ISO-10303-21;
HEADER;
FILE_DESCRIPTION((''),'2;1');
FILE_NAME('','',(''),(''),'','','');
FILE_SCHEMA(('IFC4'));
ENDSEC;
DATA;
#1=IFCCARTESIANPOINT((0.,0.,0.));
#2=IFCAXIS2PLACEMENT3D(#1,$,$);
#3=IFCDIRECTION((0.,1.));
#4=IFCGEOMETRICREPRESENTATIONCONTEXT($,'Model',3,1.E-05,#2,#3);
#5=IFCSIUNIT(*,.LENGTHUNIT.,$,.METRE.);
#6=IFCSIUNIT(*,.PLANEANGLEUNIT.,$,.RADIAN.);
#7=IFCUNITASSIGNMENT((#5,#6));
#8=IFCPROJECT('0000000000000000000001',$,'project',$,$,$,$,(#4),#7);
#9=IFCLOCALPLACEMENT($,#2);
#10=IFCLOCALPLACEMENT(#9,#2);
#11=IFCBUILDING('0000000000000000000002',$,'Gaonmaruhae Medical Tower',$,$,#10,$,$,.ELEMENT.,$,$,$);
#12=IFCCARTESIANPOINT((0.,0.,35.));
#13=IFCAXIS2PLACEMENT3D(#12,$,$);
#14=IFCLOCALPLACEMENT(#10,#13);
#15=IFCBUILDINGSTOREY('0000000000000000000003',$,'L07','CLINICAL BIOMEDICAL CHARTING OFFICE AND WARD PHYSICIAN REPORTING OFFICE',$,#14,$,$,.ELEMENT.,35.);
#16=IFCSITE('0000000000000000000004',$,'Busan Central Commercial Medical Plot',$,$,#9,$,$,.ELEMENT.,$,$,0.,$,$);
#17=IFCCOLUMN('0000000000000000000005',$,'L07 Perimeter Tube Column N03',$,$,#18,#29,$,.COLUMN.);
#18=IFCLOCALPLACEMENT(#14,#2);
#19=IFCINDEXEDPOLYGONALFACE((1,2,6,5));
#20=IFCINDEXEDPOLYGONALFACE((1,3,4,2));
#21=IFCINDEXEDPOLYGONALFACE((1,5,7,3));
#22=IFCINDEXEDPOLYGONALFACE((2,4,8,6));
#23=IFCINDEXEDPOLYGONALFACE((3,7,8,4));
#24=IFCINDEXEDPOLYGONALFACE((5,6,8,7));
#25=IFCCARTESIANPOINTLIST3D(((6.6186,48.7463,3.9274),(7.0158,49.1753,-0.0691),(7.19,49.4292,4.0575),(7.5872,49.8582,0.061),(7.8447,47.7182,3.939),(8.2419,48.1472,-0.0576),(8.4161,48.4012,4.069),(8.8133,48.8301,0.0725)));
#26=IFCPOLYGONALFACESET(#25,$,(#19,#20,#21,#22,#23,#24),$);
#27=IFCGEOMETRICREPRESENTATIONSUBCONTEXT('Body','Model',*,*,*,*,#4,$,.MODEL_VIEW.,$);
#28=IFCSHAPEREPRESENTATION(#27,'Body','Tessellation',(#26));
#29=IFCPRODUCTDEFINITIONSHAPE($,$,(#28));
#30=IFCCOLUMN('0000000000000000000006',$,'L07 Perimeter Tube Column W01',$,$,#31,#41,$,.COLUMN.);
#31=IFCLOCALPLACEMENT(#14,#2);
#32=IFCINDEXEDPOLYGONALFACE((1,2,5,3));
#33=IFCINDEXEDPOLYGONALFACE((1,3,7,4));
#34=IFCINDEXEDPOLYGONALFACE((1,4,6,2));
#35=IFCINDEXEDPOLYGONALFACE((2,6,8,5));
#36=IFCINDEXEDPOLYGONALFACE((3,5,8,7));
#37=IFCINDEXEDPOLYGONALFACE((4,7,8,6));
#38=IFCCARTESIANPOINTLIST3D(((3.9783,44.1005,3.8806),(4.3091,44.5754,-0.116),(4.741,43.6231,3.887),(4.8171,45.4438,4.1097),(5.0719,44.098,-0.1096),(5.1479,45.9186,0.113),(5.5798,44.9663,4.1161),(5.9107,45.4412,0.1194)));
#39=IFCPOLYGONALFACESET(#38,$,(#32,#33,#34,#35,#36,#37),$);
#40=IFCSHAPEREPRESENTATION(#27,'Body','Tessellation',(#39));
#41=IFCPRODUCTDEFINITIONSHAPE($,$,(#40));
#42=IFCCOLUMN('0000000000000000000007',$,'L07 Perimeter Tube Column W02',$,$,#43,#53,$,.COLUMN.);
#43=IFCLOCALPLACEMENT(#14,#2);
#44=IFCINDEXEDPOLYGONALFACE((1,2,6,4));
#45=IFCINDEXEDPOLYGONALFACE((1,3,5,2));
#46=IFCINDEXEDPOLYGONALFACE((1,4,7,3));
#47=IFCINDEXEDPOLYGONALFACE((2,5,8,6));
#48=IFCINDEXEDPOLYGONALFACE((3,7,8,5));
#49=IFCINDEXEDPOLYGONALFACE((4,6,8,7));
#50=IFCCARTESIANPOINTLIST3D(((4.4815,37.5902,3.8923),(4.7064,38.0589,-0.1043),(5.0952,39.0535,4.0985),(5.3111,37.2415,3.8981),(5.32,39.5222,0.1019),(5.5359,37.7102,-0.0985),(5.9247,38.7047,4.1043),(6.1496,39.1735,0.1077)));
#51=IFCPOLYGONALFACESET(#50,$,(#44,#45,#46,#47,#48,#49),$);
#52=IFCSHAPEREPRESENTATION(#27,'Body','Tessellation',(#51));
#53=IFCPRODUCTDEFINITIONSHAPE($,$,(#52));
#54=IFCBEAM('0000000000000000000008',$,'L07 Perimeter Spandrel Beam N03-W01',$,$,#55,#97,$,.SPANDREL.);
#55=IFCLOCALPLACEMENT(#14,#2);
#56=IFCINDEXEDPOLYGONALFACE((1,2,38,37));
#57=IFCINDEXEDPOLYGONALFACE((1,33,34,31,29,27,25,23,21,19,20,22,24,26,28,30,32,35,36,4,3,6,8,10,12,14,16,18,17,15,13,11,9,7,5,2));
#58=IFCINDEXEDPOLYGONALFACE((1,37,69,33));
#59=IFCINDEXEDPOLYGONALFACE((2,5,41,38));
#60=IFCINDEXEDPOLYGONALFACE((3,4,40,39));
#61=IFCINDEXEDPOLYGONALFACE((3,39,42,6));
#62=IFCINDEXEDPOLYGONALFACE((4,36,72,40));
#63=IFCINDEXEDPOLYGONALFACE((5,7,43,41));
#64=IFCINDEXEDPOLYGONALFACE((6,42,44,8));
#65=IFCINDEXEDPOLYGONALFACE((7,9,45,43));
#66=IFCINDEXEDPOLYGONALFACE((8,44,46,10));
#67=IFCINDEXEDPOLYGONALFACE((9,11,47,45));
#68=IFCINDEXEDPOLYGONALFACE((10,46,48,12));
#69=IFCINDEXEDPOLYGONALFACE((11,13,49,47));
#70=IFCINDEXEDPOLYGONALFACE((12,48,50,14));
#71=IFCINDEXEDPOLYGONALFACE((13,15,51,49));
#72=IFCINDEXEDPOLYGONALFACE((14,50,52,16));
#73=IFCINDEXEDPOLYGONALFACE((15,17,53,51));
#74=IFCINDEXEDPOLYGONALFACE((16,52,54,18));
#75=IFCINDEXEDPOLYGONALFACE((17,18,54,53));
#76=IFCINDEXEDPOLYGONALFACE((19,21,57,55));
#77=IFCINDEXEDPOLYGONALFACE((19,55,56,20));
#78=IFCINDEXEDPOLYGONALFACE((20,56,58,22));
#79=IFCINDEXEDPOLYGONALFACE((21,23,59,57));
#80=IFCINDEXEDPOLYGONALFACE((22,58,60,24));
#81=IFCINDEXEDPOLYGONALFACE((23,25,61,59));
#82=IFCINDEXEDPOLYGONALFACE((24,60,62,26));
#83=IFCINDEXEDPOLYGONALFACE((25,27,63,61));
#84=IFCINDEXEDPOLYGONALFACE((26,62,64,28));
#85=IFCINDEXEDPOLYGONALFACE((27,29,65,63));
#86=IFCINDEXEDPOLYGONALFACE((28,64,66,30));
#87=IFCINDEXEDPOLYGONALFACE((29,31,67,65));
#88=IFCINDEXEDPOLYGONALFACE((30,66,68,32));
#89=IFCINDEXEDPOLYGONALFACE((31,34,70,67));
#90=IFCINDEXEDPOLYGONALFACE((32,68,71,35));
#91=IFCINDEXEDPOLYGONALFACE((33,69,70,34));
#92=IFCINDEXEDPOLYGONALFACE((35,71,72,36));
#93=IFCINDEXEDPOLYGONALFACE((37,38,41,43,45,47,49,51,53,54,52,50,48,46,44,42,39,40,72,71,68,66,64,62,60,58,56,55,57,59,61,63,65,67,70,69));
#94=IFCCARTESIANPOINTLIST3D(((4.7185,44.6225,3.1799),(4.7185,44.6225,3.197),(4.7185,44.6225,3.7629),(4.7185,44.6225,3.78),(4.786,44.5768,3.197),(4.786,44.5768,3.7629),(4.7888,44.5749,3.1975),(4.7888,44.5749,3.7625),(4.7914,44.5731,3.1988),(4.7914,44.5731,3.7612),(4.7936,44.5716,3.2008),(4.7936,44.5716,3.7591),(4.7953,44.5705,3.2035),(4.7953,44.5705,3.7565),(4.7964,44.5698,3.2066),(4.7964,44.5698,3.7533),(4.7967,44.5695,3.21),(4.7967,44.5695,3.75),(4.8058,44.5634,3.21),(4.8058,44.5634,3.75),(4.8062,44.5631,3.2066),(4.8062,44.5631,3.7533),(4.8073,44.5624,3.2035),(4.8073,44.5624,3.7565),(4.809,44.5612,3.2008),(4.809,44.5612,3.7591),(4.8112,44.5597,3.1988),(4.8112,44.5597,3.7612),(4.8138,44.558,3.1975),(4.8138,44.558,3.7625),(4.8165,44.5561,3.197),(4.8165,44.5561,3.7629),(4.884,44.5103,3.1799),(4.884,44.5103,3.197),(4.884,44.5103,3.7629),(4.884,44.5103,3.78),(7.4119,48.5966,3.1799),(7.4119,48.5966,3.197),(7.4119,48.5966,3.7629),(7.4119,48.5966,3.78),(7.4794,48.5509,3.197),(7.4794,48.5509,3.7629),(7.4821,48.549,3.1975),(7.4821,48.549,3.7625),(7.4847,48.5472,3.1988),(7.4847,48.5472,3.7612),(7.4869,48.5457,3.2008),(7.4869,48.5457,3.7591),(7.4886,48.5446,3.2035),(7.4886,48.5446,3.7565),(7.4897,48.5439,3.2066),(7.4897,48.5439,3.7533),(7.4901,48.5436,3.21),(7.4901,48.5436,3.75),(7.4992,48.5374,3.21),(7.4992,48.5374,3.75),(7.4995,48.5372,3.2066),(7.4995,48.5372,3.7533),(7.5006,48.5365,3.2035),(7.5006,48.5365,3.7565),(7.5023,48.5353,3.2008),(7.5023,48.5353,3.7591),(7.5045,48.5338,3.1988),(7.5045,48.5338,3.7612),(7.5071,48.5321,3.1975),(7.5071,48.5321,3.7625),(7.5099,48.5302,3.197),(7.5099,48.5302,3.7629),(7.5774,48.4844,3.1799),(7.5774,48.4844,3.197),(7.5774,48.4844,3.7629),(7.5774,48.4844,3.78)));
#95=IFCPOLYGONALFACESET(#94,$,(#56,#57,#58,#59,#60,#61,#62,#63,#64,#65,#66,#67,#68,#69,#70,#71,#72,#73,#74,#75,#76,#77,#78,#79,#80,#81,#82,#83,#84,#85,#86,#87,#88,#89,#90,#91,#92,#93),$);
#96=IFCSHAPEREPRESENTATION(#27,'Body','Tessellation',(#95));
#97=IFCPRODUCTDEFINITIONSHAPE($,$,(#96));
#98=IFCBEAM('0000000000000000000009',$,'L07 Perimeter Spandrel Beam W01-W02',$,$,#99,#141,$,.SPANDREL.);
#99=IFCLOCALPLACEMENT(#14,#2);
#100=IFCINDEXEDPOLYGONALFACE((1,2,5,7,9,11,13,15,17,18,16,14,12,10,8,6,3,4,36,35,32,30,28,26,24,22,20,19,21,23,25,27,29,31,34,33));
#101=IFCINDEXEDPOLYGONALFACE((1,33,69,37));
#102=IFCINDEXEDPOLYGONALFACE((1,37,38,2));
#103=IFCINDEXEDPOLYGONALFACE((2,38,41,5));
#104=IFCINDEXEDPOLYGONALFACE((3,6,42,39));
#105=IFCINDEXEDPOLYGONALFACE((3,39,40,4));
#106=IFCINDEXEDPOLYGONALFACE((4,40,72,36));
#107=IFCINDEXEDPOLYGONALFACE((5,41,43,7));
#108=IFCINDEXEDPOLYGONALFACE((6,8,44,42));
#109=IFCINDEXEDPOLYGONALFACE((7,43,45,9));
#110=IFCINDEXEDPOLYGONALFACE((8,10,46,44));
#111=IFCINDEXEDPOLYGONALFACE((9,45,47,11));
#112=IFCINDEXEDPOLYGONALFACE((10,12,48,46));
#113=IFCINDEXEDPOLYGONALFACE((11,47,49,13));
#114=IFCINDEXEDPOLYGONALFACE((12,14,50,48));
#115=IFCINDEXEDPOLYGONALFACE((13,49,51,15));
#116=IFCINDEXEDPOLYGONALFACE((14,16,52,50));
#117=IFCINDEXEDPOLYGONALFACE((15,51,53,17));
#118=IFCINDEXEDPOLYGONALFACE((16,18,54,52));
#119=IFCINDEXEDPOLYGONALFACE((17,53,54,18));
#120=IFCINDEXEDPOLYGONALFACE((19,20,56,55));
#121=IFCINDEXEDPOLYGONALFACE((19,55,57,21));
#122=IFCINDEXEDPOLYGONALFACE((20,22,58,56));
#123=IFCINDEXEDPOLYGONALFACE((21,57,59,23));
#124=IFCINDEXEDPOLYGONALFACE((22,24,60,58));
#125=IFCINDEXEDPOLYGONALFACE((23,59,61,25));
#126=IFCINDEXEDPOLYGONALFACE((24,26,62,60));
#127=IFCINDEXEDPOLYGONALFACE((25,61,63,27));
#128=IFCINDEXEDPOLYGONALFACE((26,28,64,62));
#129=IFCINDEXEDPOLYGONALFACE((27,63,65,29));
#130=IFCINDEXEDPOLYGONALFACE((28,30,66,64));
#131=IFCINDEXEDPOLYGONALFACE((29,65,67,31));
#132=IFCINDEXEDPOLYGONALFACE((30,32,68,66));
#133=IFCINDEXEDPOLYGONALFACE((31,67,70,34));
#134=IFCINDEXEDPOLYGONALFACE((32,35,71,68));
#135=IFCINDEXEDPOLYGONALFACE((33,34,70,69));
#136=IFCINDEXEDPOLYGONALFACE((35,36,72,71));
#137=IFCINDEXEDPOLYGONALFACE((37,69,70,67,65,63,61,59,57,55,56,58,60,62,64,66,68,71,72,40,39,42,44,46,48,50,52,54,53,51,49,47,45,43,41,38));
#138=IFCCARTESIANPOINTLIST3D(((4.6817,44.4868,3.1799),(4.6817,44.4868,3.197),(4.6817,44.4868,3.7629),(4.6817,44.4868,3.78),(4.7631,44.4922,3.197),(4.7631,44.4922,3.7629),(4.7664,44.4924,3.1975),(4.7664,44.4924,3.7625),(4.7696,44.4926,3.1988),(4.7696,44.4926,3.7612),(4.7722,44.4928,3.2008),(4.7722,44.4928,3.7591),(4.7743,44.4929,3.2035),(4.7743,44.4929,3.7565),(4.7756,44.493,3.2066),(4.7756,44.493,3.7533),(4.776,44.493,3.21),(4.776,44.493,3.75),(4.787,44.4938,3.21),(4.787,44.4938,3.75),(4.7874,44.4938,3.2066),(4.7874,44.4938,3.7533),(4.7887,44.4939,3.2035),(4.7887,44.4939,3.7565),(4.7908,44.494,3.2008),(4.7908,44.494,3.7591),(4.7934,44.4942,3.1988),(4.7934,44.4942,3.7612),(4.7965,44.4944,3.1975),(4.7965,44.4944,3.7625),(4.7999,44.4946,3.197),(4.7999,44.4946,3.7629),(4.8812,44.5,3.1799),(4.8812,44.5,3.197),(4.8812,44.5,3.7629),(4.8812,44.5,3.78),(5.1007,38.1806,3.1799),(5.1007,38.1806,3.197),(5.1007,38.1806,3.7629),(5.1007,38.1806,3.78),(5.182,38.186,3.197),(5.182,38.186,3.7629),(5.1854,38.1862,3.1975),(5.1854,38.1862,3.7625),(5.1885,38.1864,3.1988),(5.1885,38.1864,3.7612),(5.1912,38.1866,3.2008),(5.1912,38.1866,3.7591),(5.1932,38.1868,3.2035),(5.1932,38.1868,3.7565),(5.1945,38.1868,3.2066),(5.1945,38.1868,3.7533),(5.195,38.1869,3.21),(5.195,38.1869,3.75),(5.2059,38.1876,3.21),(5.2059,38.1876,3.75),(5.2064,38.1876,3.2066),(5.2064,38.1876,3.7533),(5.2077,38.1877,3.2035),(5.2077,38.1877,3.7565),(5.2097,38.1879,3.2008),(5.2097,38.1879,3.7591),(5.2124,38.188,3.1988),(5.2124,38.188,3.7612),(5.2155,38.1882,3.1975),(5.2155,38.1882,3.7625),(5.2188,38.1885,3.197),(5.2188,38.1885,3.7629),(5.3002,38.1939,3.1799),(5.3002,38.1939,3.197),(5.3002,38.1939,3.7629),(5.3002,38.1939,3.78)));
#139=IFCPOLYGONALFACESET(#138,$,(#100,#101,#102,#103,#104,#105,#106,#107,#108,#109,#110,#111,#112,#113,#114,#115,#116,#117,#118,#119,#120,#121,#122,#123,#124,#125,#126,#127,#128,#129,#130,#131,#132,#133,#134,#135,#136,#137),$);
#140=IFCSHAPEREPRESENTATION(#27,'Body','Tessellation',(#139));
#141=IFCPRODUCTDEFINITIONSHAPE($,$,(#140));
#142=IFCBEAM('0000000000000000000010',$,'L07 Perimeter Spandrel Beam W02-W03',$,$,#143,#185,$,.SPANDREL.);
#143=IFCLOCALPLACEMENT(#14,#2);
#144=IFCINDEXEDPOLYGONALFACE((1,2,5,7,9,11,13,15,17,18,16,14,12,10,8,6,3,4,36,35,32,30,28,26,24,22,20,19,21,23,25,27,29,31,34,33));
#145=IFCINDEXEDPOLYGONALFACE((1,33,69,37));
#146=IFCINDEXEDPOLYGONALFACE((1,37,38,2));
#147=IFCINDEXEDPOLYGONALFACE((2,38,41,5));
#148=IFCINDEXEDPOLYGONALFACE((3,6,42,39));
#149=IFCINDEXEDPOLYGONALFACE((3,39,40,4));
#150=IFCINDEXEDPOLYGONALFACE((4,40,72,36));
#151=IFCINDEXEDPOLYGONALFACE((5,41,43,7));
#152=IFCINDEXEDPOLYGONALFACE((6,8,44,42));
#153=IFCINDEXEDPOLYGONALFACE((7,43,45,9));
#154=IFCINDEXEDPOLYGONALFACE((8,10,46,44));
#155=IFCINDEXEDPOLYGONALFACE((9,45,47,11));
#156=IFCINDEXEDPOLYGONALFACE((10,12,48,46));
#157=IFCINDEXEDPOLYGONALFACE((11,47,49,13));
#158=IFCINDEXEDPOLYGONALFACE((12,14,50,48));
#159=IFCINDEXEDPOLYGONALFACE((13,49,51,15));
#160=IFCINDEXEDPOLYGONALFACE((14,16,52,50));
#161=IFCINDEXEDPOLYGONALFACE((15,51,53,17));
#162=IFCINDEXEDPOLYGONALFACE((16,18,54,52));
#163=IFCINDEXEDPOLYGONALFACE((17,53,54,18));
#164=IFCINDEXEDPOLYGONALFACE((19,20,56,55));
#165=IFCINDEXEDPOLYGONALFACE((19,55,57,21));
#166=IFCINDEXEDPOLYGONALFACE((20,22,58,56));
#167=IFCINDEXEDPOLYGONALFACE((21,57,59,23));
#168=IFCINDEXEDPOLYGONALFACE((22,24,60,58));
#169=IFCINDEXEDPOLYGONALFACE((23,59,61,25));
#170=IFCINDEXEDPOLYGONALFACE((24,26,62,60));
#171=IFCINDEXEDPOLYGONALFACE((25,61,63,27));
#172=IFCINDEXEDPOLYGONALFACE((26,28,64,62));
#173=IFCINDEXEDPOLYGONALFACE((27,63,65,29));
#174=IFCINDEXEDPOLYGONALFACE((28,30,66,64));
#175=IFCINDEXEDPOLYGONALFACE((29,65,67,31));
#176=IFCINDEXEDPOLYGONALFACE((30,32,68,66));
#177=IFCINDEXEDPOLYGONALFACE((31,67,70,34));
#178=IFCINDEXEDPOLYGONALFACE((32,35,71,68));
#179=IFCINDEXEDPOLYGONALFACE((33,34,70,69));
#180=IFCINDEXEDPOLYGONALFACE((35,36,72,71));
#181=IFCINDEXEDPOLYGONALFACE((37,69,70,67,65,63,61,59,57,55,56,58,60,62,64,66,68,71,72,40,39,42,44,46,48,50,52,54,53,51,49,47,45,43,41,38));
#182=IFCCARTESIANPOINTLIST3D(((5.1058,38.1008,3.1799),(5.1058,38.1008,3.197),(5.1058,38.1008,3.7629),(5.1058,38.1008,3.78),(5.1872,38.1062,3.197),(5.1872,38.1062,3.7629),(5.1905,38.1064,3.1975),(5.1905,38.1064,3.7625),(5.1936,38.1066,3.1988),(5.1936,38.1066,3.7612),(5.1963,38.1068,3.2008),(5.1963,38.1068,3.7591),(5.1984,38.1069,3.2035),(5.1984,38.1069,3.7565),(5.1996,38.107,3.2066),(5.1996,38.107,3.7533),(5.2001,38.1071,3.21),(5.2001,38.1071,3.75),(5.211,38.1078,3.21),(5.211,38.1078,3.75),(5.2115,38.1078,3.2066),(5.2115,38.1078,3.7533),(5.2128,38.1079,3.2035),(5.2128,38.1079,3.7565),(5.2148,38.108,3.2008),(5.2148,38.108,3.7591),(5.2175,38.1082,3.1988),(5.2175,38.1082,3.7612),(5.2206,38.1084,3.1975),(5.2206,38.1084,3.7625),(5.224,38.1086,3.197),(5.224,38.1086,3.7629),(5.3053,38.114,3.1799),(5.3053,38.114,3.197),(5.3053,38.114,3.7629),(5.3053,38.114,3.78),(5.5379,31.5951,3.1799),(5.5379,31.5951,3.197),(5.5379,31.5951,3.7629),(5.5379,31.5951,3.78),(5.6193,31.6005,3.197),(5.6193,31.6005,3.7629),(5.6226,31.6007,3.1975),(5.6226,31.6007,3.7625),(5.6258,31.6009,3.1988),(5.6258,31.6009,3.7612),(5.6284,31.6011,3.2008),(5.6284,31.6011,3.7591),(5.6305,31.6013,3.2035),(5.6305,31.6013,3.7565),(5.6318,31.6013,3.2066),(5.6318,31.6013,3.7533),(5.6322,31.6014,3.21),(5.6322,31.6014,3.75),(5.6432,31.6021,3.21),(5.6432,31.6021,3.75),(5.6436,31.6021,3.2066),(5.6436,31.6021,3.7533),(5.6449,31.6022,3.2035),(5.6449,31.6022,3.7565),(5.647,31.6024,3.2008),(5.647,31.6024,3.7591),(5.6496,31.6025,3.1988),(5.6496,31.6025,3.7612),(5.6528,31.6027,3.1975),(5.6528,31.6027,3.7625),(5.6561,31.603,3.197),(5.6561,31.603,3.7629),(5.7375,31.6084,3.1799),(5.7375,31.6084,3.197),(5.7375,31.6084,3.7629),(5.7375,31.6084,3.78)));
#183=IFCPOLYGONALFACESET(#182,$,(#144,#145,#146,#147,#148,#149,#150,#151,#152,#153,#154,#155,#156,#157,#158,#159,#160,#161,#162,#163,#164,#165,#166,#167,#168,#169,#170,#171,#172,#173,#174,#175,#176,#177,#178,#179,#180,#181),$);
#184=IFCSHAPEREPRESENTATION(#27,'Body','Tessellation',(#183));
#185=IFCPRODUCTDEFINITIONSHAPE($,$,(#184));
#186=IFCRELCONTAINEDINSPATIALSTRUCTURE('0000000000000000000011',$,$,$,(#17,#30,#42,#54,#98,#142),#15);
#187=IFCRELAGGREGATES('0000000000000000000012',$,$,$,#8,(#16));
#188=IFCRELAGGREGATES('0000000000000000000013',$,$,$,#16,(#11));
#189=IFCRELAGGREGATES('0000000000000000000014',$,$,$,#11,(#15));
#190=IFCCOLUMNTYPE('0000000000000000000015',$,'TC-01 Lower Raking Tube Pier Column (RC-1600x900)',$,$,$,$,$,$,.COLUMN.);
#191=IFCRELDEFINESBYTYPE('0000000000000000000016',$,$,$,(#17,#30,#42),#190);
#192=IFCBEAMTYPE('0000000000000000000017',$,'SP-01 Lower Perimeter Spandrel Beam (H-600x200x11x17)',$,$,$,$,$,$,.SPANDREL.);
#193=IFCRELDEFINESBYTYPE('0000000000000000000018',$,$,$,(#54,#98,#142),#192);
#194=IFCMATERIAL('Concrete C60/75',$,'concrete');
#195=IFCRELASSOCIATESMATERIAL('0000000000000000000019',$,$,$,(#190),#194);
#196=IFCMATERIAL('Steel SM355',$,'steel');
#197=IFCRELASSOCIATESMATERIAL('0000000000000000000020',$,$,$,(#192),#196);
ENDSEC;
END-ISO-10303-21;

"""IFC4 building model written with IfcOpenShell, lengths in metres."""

from ifc_helpers import new_model, si_unit, direction, frame, origin, origin_2d, place, context, subcontext, project, spatial, rectangle, i_section, extrude, material, material_profile, profile_set, type_object, element, save


model = new_model("IFC4")

# Units and contexts
model_context = context("Model", 3, precision=1e-05, world=origin(), true_north=direction((0.0, 1.0)))
body_context = subcontext(model_context, "Body", "Model", "MODEL_VIEW")
ifc_project = project(units=[si_unit("LENGTHUNIT", "METRE"), si_unit("PLANEANGLEUNIT", "RADIAN")], contexts=[model_context])

# Site, building, storey
site_placement = place(None, origin())
site = spatial("IfcSite", under=ifc_project, at=site_placement, Name="Busan Central Commercial Medical Plot", CompositionType="ELEMENT", RefElevation=0.0)
building_placement = place(site_placement, origin())
building = spatial("IfcBuilding", under=site, at=building_placement, Name="Gaonmaruhae Medical Tower", CompositionType="ELEMENT")
storey_placement = place(building_placement, frame((0.0, 0.0, 35.0)))
storey = spatial("IfcBuildingStorey", under=building, at=storey_placement, Name="L07", Description="CLINICAL BIOMEDICAL CHARTING OFFICE AND WARD PHYSICIAN REPORTING OFFICE", CompositionType="ELEMENT", Elevation=35.0)

# Columns
ifc_material_1 = material(Name="Concrete C60/75", Category="concrete")
ifc_material_profile_1 = material_profile(ifc_material_1, rectangle(XDim=1.6001, YDim=0.8999, at=origin_2d()), Name="RC-1600x900")
ifc_profile_set_1 = profile_set([ifc_material_profile_1], Name="Concrete C60/75")
column_type = type_object("IfcColumnType", Name="TC-01 Lower Raking Tube Pier Column (RC-1600x900)", PredefinedType="COLUMN", material=ifc_profile_set_1)
column_1_placement = place(storey_placement, frame((7.9146, 49.0027, 0.0017), z_axis=(-0.098343, -0.1062, 0.98947), x_axis=(0.766249, -0.642503, 0.007197)))
element("IfcColumn", 1, at=column_1_placement, inside=storey, type_object=column_type, Name="L07 Perimeter Tube Column N03", PredefinedType="COLUMN", context=body_context, shape_type="SweptSolid", body=[
    extrude(rectangle(XDim=1.6001, YDim=0.8999, at=origin_2d()), origin(), (0.0, 0.0, 1.0), 4.0391),
])
column_2_placement = place(storey_placement, frame((5.1099, 45.0083, 0.0017), z_axis=(-0.081919, -0.117588, 0.989678), x_axis=(0.524223, 0.839466, 0.143133)))
element("IfcColumn", 2, at=column_2_placement, inside=storey, type_object=column_type, Name="L07 Perimeter Tube Column W01", PredefinedType="COLUMN", context=body_context, shape_type="SweptSolid", body=[
    extrude(rectangle(XDim=1.6001, YDim=0.8999, at=origin_2d()), origin(), (0.0, 0.0, 1.0), 4.0383),
])
column_3_placement = place(storey_placement, frame((5.428, 38.6162, 0.0017), z_axis=(-0.055791, -0.116308, 0.991645), x_axis=(0.383528, 0.914499, 0.128837)))
element("IfcColumn", 3, at=column_3_placement, inside=storey, type_object=column_type, Name="L07 Perimeter Tube Column W02", PredefinedType="COLUMN", context=body_context, shape_type="SweptSolid", body=[
    extrude(rectangle(XDim=1.6001, YDim=0.8999, at=origin_2d()), origin(), (0.0, 0.0, 1.0), 4.0303),
])

# Beams
ifc_material_2 = material(Name="Steel SM355", Category="steel")
ifc_material_profile_2 = material_profile(ifc_material_2, i_section(OverallWidth=0.2, OverallDepth=0.6001, WebThickness=0.011, FlangeThickness=0.0171, FilletRadius=0.0129, at=origin_2d()), Name="H-600x200x11x17")
ifc_profile_set_2 = profile_set([ifc_material_profile_2], Name="Steel SM355")
beam_type = type_object("IfcBeamType", Name="SP-01 Lower Perimeter Spandrel Beam (H-600x200x11x17)", PredefinedType="SPANDREL", material=ifc_profile_set_2)
beam_1_placement = place(storey_placement, frame((7.4946, 48.5405, 3.48), z_axis=(-0.561021, -0.827801, 0.0), x_axis=(0.827801, -0.561021, 0.0)))
element("IfcBeam", 4, at=beam_1_placement, inside=storey, type_object=beam_type, Name="L07 Perimeter Spandrel Beam N03-W01", PredefinedType="SPANDREL", context=body_context, shape_type="SweptSolid", body=[
    extrude(i_section(OverallWidth=0.2, OverallDepth=0.6001, WebThickness=0.011, FlangeThickness=0.0171, FilletRadius=0.0129, at=origin_2d()), origin(), (0.0, 0.0, 1.0), 4.8008),
])
beam_2_placement = place(storey_placement, frame((4.7815, 44.4934, 3.48), z_axis=(0.066288, -0.997801, 0.0), x_axis=(0.997801, 0.066288, 0.0)))
element("IfcBeam", 5, at=beam_2_placement, inside=storey, type_object=beam_type, Name="L07 Perimeter Spandrel Beam W01-W02", PredefinedType="SPANDREL", context=body_context, shape_type="SweptSolid", body=[
    extrude(i_section(OverallWidth=0.2, OverallDepth=0.6001, WebThickness=0.011, FlangeThickness=0.0171, FilletRadius=0.0129, at=origin_2d()), origin(), (0.0, 0.0, 1.0), 6.3201),
])
beam_3_placement = place(storey_placement, frame((5.2056, 38.1074, 3.48), z_axis=(0.066278, -0.997801, 0.0), x_axis=(0.997801, 0.066278, 0.0)))
element("IfcBeam", 6, at=beam_3_placement, inside=storey, type_object=beam_type, Name="L07 Perimeter Spandrel Beam W02-W03", PredefinedType="SPANDREL", context=body_context, shape_type="SweptSolid", body=[
    extrude(i_section(OverallWidth=0.2, OverallDepth=0.6001, WebThickness=0.011, FlangeThickness=0.0171, FilletRadius=0.0129, at=origin_2d()), origin(), (0.0, 0.0, 1.0), 6.52),
])

save(model, "model.ifc")
